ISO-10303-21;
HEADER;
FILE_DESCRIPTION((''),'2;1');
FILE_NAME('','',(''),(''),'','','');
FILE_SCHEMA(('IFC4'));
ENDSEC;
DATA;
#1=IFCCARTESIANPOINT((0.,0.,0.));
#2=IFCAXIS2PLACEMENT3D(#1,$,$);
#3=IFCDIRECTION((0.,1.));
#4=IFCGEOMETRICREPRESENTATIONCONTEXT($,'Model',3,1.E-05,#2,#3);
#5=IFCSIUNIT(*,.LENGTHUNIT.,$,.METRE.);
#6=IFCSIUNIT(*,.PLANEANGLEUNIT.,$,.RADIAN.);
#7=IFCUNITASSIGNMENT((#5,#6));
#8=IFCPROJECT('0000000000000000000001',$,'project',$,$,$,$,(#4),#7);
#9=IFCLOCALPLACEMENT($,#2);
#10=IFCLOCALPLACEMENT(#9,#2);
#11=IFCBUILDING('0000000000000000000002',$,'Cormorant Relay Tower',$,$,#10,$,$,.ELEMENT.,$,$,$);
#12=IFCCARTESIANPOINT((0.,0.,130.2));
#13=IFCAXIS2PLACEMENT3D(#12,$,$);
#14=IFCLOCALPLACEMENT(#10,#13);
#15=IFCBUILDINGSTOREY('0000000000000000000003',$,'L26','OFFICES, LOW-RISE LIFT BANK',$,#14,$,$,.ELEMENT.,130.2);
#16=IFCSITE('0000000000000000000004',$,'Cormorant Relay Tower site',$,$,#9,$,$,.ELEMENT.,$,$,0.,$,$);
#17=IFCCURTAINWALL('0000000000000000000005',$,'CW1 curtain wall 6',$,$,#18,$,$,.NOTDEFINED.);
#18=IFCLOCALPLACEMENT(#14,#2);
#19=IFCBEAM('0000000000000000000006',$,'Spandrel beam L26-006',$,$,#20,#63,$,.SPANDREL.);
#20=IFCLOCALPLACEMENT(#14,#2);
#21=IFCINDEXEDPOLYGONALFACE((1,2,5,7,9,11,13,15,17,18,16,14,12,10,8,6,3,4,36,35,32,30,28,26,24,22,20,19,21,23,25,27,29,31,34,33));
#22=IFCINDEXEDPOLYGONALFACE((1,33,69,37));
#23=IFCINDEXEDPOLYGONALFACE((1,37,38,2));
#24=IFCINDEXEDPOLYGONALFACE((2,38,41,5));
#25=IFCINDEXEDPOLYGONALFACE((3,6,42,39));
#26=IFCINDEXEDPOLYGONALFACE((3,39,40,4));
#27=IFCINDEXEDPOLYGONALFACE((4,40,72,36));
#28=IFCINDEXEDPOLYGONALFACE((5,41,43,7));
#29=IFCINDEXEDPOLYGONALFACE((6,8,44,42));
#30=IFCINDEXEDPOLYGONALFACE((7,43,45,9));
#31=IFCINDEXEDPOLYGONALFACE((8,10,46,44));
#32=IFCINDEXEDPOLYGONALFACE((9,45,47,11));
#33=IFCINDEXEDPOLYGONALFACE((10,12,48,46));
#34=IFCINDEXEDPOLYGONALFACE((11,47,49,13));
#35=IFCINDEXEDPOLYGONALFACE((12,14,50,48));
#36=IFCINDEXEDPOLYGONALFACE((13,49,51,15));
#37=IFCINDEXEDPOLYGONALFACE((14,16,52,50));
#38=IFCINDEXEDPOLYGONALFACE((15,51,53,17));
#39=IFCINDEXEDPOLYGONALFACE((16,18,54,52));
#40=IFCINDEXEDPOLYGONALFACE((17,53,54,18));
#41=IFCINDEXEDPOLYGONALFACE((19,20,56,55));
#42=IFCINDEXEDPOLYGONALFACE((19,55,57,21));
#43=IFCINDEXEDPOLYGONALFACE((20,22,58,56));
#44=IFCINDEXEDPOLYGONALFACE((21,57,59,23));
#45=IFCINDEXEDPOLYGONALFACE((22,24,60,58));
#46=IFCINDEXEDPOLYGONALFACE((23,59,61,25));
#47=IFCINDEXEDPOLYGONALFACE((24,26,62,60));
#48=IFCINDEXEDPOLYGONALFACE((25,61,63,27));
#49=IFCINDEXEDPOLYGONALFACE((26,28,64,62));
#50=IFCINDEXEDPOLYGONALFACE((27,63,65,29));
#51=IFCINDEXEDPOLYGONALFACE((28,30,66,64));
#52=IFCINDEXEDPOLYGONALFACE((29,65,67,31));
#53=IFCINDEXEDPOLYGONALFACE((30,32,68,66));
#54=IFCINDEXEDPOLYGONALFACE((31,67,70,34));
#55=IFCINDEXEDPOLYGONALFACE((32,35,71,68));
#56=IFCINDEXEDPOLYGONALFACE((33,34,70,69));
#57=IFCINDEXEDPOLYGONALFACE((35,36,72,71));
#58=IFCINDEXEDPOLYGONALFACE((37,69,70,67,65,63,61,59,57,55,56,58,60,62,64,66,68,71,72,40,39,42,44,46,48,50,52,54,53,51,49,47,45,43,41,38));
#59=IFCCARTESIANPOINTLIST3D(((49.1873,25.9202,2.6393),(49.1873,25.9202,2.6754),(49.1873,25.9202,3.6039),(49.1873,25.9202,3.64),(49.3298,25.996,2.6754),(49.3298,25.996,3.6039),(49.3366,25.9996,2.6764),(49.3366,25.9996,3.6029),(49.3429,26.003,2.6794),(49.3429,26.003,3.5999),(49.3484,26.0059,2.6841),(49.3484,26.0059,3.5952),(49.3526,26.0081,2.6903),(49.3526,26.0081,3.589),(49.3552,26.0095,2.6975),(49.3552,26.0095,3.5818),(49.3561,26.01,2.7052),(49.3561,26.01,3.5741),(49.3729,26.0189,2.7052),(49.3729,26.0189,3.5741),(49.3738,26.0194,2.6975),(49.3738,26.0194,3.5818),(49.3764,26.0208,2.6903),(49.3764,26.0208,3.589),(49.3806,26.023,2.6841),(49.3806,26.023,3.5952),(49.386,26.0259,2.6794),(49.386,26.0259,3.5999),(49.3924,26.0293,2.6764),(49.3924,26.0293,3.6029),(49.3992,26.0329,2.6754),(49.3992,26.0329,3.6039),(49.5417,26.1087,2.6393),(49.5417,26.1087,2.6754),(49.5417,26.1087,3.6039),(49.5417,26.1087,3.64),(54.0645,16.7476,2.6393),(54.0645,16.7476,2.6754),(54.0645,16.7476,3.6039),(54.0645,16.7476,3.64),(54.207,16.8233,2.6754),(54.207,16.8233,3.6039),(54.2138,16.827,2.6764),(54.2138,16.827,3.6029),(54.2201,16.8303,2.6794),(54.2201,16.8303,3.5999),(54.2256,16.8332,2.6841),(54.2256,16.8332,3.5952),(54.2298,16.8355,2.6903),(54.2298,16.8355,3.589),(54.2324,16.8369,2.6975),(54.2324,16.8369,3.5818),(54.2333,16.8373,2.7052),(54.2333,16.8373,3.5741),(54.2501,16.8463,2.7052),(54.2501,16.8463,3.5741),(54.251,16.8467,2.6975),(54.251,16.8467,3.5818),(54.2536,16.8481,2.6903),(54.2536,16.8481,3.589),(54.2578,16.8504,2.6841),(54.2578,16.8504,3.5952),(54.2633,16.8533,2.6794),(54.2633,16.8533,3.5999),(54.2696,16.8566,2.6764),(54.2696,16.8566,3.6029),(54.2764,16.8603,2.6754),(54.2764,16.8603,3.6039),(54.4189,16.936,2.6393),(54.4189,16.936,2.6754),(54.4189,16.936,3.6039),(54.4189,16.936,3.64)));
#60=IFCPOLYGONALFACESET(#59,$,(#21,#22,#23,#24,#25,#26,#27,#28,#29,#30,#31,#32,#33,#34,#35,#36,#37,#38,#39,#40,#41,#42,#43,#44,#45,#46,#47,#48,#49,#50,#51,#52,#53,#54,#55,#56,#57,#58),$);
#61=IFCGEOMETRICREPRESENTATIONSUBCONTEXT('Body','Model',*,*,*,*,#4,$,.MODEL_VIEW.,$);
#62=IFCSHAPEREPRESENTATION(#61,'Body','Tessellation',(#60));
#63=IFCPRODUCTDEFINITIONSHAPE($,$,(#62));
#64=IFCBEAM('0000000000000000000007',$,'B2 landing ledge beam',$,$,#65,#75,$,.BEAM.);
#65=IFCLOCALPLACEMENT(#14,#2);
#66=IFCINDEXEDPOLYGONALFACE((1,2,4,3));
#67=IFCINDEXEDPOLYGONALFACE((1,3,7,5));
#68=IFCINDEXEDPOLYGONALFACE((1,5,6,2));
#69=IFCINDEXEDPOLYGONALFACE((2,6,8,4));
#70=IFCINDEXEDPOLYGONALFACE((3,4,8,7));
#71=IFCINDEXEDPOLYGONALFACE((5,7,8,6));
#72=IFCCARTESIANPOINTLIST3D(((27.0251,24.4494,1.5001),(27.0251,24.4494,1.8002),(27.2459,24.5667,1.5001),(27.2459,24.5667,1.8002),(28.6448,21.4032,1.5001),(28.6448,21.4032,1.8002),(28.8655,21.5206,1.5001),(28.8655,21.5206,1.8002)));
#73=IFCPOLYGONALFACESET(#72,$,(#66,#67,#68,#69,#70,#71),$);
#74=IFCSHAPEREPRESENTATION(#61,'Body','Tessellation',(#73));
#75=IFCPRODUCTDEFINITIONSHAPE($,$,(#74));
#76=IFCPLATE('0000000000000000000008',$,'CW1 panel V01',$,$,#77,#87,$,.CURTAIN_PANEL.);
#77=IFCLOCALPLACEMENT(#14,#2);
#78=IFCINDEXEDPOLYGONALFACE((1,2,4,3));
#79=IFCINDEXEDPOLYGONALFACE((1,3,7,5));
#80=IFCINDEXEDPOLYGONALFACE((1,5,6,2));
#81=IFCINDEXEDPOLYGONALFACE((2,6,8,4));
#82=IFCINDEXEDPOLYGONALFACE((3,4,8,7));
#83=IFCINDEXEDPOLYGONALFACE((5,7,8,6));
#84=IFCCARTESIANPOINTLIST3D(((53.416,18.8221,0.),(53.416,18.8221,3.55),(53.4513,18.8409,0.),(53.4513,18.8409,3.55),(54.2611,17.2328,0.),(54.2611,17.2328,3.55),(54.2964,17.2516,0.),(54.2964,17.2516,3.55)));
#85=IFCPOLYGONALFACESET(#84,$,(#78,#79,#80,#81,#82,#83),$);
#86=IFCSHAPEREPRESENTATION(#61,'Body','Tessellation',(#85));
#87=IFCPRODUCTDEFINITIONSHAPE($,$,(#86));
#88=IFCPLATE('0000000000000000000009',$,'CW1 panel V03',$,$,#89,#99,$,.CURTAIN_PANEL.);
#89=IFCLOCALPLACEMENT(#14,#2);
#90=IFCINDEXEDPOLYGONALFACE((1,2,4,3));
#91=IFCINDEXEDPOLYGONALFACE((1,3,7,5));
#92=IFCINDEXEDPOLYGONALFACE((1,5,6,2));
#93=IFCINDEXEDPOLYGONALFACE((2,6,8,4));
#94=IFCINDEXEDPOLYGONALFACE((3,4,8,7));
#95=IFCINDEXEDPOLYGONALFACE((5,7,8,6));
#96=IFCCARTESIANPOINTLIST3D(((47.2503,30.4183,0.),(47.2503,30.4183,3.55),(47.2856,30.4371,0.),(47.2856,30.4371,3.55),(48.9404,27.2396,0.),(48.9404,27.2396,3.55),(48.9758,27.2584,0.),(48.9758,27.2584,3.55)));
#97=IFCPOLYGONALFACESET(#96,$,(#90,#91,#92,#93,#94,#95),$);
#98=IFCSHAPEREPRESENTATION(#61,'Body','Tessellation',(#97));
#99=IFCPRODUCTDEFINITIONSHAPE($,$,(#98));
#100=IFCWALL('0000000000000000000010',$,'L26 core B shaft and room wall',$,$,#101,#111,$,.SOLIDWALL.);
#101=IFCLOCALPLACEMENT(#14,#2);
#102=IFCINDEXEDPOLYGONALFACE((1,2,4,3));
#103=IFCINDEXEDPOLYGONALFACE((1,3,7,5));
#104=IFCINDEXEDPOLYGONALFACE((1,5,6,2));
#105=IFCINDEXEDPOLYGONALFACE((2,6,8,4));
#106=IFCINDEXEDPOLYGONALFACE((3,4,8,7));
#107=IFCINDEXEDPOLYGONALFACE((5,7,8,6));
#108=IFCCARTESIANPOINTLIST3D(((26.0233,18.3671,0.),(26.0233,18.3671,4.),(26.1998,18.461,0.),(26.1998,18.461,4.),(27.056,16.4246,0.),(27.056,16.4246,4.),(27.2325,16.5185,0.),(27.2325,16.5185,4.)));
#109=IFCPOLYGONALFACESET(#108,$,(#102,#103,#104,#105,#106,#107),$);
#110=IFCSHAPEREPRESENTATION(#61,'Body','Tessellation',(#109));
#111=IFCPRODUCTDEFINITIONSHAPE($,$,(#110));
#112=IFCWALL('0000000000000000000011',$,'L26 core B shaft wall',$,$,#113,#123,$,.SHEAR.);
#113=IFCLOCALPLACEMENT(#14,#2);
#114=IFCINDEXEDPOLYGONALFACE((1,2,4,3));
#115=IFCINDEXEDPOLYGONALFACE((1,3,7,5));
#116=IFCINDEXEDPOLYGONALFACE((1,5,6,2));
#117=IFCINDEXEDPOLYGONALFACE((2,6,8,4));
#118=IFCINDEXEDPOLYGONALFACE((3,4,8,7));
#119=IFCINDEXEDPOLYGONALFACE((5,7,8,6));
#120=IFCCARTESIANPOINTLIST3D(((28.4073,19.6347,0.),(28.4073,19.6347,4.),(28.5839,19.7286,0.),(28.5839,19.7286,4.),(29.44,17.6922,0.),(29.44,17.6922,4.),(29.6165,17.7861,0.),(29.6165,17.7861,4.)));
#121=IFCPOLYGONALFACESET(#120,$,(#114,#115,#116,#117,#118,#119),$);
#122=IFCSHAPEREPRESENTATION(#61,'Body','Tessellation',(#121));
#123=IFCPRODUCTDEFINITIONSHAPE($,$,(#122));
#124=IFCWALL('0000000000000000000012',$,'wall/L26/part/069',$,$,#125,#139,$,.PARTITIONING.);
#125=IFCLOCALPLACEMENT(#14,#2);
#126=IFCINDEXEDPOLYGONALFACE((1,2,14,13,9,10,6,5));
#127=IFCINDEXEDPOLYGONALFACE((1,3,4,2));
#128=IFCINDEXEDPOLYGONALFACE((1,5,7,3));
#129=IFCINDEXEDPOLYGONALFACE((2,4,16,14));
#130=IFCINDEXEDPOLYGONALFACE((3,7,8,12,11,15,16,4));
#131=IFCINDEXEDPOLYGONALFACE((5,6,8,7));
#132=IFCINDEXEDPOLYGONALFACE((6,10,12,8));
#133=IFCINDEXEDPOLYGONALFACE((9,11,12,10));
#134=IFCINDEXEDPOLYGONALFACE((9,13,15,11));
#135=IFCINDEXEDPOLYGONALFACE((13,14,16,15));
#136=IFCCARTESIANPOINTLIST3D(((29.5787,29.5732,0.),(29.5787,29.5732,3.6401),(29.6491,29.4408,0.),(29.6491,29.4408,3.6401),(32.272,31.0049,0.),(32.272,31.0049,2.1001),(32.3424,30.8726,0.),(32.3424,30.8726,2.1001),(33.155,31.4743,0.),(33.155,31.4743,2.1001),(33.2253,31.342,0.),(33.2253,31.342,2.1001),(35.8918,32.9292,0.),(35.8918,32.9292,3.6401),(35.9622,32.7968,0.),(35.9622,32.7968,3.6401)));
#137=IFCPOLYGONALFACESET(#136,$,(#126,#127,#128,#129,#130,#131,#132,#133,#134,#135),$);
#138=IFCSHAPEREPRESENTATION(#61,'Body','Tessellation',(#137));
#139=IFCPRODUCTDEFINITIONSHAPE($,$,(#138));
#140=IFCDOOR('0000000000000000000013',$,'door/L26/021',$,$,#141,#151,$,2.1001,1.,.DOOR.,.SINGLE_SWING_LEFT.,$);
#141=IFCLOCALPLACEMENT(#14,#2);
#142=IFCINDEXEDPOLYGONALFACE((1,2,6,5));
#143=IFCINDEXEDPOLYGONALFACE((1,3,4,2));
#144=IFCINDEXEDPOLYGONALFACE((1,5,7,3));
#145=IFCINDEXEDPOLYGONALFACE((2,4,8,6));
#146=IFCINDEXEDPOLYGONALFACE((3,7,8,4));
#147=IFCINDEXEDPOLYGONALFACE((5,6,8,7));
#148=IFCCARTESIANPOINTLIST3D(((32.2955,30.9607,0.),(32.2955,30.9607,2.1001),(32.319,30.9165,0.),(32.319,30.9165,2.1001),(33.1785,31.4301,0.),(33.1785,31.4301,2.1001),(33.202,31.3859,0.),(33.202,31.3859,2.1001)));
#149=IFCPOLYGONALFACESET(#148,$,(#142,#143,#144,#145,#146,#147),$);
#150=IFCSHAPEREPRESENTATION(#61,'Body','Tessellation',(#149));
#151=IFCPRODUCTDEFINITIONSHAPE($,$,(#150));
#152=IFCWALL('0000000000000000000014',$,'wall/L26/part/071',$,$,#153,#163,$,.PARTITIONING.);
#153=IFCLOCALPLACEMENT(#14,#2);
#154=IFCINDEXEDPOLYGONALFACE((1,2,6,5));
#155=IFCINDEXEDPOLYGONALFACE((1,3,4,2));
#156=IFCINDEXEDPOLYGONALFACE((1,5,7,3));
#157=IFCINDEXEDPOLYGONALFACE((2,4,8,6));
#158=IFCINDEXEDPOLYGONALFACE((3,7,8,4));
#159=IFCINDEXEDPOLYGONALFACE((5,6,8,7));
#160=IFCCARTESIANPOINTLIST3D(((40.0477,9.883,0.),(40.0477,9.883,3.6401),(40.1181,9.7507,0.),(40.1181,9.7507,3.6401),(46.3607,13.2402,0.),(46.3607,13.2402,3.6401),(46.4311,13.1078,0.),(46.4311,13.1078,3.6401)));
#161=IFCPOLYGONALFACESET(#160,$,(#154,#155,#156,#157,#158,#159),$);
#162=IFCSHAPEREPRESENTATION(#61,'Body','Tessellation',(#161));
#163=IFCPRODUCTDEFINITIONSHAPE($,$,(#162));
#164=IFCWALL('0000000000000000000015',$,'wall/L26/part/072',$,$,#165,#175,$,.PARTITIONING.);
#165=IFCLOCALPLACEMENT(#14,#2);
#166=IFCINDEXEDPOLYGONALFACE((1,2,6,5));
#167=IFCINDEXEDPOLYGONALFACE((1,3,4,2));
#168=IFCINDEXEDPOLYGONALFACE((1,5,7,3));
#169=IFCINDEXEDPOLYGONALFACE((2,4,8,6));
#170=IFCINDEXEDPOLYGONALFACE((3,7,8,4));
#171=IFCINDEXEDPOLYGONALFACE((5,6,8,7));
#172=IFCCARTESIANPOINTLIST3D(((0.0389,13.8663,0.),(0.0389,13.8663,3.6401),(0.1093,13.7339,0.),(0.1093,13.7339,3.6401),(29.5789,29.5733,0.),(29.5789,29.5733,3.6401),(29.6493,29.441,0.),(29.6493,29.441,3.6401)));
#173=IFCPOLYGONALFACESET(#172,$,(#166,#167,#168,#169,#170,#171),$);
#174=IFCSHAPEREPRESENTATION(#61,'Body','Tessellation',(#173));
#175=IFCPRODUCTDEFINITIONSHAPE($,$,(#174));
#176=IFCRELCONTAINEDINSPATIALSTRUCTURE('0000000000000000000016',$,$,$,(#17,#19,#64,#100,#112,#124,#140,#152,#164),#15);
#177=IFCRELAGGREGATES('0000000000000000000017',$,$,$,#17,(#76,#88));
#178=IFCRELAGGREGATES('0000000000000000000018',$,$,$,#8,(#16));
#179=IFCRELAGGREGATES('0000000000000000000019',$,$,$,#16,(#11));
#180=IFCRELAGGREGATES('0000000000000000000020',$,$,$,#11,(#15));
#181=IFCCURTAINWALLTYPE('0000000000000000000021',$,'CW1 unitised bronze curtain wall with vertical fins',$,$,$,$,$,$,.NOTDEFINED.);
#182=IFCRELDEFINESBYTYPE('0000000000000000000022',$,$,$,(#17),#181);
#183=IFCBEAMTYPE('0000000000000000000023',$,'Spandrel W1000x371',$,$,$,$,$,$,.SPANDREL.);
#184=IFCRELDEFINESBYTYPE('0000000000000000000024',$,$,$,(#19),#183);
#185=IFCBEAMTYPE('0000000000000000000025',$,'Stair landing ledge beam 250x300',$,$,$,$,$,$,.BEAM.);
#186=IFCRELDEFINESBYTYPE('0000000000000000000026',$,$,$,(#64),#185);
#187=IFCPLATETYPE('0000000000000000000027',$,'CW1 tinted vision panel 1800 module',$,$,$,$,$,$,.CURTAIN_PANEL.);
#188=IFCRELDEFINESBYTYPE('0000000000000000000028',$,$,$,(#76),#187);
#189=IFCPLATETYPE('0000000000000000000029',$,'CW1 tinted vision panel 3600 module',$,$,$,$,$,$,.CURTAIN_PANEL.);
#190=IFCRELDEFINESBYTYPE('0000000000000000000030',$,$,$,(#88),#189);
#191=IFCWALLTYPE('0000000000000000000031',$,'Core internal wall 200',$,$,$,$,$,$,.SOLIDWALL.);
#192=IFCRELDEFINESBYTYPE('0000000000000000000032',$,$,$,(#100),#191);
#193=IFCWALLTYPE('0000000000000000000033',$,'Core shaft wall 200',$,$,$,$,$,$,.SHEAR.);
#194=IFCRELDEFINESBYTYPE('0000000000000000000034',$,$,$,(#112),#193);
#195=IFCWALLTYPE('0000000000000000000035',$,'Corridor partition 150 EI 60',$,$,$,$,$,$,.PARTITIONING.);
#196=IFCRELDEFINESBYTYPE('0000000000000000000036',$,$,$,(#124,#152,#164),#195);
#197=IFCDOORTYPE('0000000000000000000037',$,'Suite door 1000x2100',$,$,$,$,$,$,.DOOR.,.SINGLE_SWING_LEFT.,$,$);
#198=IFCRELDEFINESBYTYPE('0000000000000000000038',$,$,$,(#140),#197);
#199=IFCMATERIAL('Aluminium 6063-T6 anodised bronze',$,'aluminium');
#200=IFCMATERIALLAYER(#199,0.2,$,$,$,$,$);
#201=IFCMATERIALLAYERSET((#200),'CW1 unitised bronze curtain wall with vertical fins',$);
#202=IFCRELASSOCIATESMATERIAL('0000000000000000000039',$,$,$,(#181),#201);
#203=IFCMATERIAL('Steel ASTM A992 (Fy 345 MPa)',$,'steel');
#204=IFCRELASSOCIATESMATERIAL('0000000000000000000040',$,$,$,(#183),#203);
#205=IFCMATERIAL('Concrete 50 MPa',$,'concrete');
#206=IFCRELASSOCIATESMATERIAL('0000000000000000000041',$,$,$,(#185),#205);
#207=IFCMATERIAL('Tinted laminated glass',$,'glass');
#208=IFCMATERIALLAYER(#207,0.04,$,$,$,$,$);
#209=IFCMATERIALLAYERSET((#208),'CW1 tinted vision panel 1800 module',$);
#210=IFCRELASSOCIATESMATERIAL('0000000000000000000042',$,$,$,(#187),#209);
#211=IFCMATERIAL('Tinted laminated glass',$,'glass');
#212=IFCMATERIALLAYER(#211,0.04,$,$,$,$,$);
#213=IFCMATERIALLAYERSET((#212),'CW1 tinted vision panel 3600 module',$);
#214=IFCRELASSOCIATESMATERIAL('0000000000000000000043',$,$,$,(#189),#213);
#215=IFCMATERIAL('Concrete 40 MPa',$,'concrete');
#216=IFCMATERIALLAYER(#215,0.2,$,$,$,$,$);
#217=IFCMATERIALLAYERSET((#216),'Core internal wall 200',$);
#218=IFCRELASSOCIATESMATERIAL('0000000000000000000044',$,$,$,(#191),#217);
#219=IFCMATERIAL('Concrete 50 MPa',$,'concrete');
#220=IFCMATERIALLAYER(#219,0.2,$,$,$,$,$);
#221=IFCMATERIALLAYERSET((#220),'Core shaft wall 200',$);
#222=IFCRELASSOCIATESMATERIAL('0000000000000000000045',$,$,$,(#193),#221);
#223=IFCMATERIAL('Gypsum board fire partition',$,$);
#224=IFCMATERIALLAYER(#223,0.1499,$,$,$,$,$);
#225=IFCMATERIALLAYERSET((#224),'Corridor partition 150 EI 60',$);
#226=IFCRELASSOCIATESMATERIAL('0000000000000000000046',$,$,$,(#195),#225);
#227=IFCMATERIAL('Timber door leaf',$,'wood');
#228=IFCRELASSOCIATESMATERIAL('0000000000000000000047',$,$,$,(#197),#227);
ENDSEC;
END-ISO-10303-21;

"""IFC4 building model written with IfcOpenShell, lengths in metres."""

from ifc_helpers import new_model, si_unit, direction, frame, frame_2d, origin, origin_2d, place, context, subcontext, project, spatial, rectangle, i_section, extrude, material, layer, layer_set, material_profile, profile_set, type_object, element, fill, aggregate, save


model = new_model("IFC4")

# Units and contexts
model_context = context("Model", 3, precision=1e-05, world=origin(), true_north=direction((0.0, 1.0)))
body_context = subcontext(model_context, "Body", "Model", "MODEL_VIEW")
ifc_project = project(units=[si_unit("LENGTHUNIT", "METRE"), si_unit("PLANEANGLEUNIT", "RADIAN")], contexts=[model_context])

# Site, building, storey
site_placement = place(None, origin())
site = spatial("IfcSite", under=ifc_project, at=site_placement, Name="Cormorant Relay Tower site", CompositionType="ELEMENT", RefElevation=0.0)
building_placement = place(site_placement, origin())
building = spatial("IfcBuilding", under=site, at=building_placement, Name="Cormorant Relay Tower", CompositionType="ELEMENT")
storey_placement = place(building_placement, frame((0.0, 0.0, 130.2)))
storey = spatial("IfcBuildingStorey", under=building, at=storey_placement, Name="L26", Description="OFFICES, LOW-RISE LIFT BANK", CompositionType="ELEMENT", Elevation=130.2)

# Curtain wall
ifc_material_1 = material(Name="Aluminium 6063-T6 anodised bronze", Category="aluminium")
ifc_layer_1 = layer(ifc_material_1, 0.2)
ifc_layer_set_1 = layer_set([ifc_layer_1], Name="CW1 unitised bronze curtain wall with vertical fins")
curtain_wall_type = type_object("IfcCurtainWallType", Name="CW1 unitised bronze curtain wall with vertical fins", PredefinedType="NOTDEFINED", material=ifc_layer_set_1)
curtain_wall_placement = place(storey_placement, origin())
curtain_wall = element("IfcCurtainWall", 1, at=curtain_wall_placement, inside=storey, type_object=curtain_wall_type, Name="CW1 curtain wall 6", PredefinedType="NOTDEFINED")

# Beams
ifc_material_2 = material(Name="Steel ASTM A992 (Fy 345 MPa)", Category="steel")
ifc_material_profile_1 = material_profile(ifc_material_2, i_section(OverallWidth=0.4014, OverallDepth=1.0007, WebThickness=0.019, FlangeThickness=0.0361, FilletRadius=0.0298, at=origin_2d()), Name="W1000x371")
ifc_profile_set_1 = profile_set([ifc_material_profile_1], Name="Steel ASTM A992 (Fy 345 MPa)")
beam_type_1 = type_object("IfcBeamType", Name="Spandrel W1000x371", PredefinedType="SPANDREL", material=ifc_profile_set_1)
beam_1_placement = place(storey_placement, frame((54.2417, 16.8418, 3.1396), z_axis=(-0.469474, 0.882946, 0.0), x_axis=(-0.882946, -0.469474, 0.0)))
element("IfcBeam", 2, at=beam_1_placement, inside=storey, type_object=beam_type_1, Name="Spandrel beam L26-006", PredefinedType="SPANDREL", context=body_context, shape_type="SweptSolid", body=[
    extrude(i_section(OverallWidth=0.4014, OverallDepth=1.0007, WebThickness=0.019, FlangeThickness=0.0361, FilletRadius=0.0298, at=origin_2d()), origin(), (0.0, 0.0, 1.0), 10.3887),
])
ifc_material_3 = material(Name="Concrete 50 MPa", Category="concrete")
ifc_material_profile_2 = material_profile(ifc_material_3, rectangle(XDim=0.25, YDim=0.3, at=origin_2d()), Name="RC 250x300")
ifc_profile_set_2 = profile_set([ifc_material_profile_2], Name="Concrete 50 MPa")
beam_type_2 = type_object("IfcBeamType", Name="Stair landing ledge beam 250x300", PredefinedType="BEAM", material=ifc_profile_set_2)
beam_2_placement = place(storey_placement, frame((28.7551, 21.4619, 1.6501), z_axis=(-0.469464, 0.882952, 0.0), x_axis=(-0.882952, -0.469464, 0.0)))
element("IfcBeam", 3, at=beam_2_placement, inside=storey, type_object=beam_type_2, Name="B2 landing ledge beam", PredefinedType="BEAM", context=body_context, shape_type="SweptSolid", body=[
    extrude(rectangle(XDim=0.25, YDim=0.3, at=origin_2d()), origin(), (0.0, 0.0, 1.0), 3.45),
])

# Plates
ifc_material_4 = material(Name="Tinted laminated glass", Category="glass")
ifc_layer_2 = layer(ifc_material_4, 0.04)
ifc_layer_set_2 = layer_set([ifc_layer_2], Name="CW1 tinted vision panel 1800 module")
plate_type_1 = type_object("IfcPlateType", Name="CW1 tinted vision panel 1800 module", PredefinedType="CURTAIN_PANEL", material=ifc_layer_set_2)
plate_1_placement = place(storey_placement, frame((53.8562, 18.0369, 0.0), z_axis=(0.0, 0.0, 1.0), x_axis=(-0.469472, 0.882948, 0.0)))
plate_1 = element("IfcPlate", 4, at=plate_1_placement, type_object=plate_type_1, Name="CW1 panel V01", PredefinedType="CURTAIN_PANEL", context=body_context, shape_type="SweptSolid", body=[
    extrude(rectangle(XDim=1.8, YDim=0.04, at=origin_2d()), origin(), (0.0, 0.0, 1.0), 3.55),
])
ifc_material_5 = material(Name="Tinted laminated glass", Category="glass")
ifc_layer_3 = layer(ifc_material_5, 0.04)
ifc_layer_set_3 = layer_set([ifc_layer_3], Name="CW1 tinted vision panel 3600 module")
plate_type_2 = type_object("IfcPlateType", Name="CW1 tinted vision panel 3600 module", PredefinedType="CURTAIN_PANEL", material=ifc_layer_set_3)
plate_2_placement = place(storey_placement, frame((48.113, 28.8384, 0.0), z_axis=(0.0, 0.0, 1.0), x_axis=(-0.469472, 0.882948, 0.0)))
plate_2 = element("IfcPlate", 5, at=plate_2_placement, type_object=plate_type_2, Name="CW1 panel V03", PredefinedType="CURTAIN_PANEL", context=body_context, shape_type="SweptSolid", body=[
    extrude(rectangle(XDim=3.6001, YDim=0.04, at=origin_2d()), origin(), (0.0, 0.0, 1.0), 3.55),
])

# Walls
ifc_material_6 = material(Name="Concrete 40 MPa", Category="concrete")
ifc_layer_4 = layer(ifc_material_6, 0.2)
ifc_layer_set_4 = layer_set([ifc_layer_4], Name="Core internal wall 200")
wall_type_1 = type_object("IfcWallType", Name="Core internal wall 200", PredefinedType="SOLIDWALL", material=ifc_layer_set_4)
wall_1_placement = place(storey_placement, frame((27.1443, 16.4714, 0.0), z_axis=(0.0, 0.0, 1.0), x_axis=(-0.469401, 0.882985, 0.0)))
element("IfcWall", 6, at=wall_1_placement, inside=storey, type_object=wall_type_1, Name="L26 core B shaft and room wall", PredefinedType="SOLIDWALL", context=body_context, shape_type="SweptSolid", body=[
    extrude(rectangle(XDim=2.2, YDim=0.2, at=frame_2d((1.1001, 0.0))), origin(), (0.0, 0.0, 1.0), 4.0),
])
ifc_material_7 = material(Name="Concrete 50 MPa", Category="concrete")
ifc_layer_5 = layer(ifc_material_7, 0.2)
ifc_layer_set_5 = layer_set([ifc_layer_5], Name="Core shaft wall 200")
wall_type_2 = type_object("IfcWallType", Name="Core shaft wall 200", PredefinedType="SHEAR", material=ifc_layer_set_5)
wall_2_placement = place(storey_placement, frame((29.5283, 17.739, 0.0), z_axis=(0.0, 0.0, 1.0), x_axis=(-0.469401, 0.882985, 0.0)))
element("IfcWall", 7, at=wall_2_placement, inside=storey, type_object=wall_type_2, Name="L26 core B shaft wall", PredefinedType="SHEAR", context=body_context, shape_type="SweptSolid", body=[
    extrude(rectangle(XDim=2.2, YDim=0.2, at=frame_2d((1.1001, 0.0))), origin(), (0.0, 0.0, 1.0), 4.0),
])

# Wall, opening, door
ifc_material_8 = material(Name="Gypsum board fire partition")
ifc_layer_6 = layer(ifc_material_8, 0.1499)
ifc_layer_set_6 = layer_set([ifc_layer_6], Name="Corridor partition 150 EI 60")
wall_type_3 = type_object("IfcWallType", Name="Corridor partition 150 EI 60", PredefinedType="PARTITIONING", material=ifc_layer_set_6)
wall_3_placement = place(storey_placement, frame((29.614, 29.5071, 0.0), z_axis=(0.0, 0.0, 1.0), x_axis=(0.882989, 0.469393, 0.0)))
wall_3 = element("IfcWall", 8, at=wall_3_placement, inside=storey, type_object=wall_type_3, Name="wall/L26/part/069", PredefinedType="PARTITIONING", context=body_context, shape_type="SweptSolid", body=[
    extrude(rectangle(XDim=7.1497, YDim=0.1499, at=frame_2d((3.5747, 0.0))), origin(), (0.0, 0.0, 1.0), 3.6401),
])
opening_1_placement = place(wall_3_placement, frame((3.05, 0.0, 0.0)))
opening_1 = element("IfcOpeningElement", 9, at=opening_1_placement, cuts=wall_3, PredefinedType="OPENING", context=body_context, shape_type="SweptSolid", body=[
    extrude(rectangle(XDim=1.0, YDim=2.1001, at=frame_2d((0.5, 1.05))), frame((0.0, 0.085, 0.0), z_axis=(0.0, -1.0, 0.0), x_axis=(1.0, 0.0, 0.0)), (0.0, 0.0, 1.0), 0.1699),
])
ifc_material_9 = material(Name="Timber door leaf", Category="wood")
door_type_1 = type_object("IfcDoorType", Name="Suite door 1000x2100", OperationType="SINGLE_SWING_LEFT", PredefinedType="DOOR", material=ifc_material_9)
door_1_placement = place(opening_1_placement, origin())
door_1 = element("IfcDoor", 10, at=door_1_placement, inside=storey, type_object=door_type_1, Name="door/L26/021", OperationType="SINGLE_SWING_LEFT", OverallHeight=2.1001, OverallWidth=1.0, PredefinedType="DOOR", context=body_context, shape_type="SweptSolid", body=[
    extrude(rectangle(XDim=1.0, YDim=2.1001, at=frame_2d((0.5, 1.05))), frame((0.0, 0.0249, 0.0), z_axis=(0.0, -1.0, 0.0), x_axis=(1.0, 0.0, 0.0)), (0.0, 0.0, 1.0), 0.05),
])
fill(opening_1, door_1)

# Walls
wall_4_placement = place(storey_placement, frame((46.396, 13.1741, 0.0), z_axis=(0.0, 0.0, 1.0), x_axis=(-0.882918, -0.469526, 0.0)))
element("IfcWall", 11, at=wall_4_placement, inside=storey, type_object=wall_type_3, Name="wall/L26/part/071", PredefinedType="PARTITIONING", context=body_context, shape_type="SweptSolid", body=[
    extrude(rectangle(XDim=7.1501, YDim=0.1499, at=frame_2d((3.5752, 0.0))), origin(), (0.0, 0.0, 1.0), 3.6401),
])
wall_5_placement = place(storey_placement, frame((29.614, 29.5071, 0.0), z_axis=(0.0, 0.0, 1.0), x_axis=(-0.882944, -0.469479, 0.0)))
element("IfcWall", 12, at=wall_5_placement, inside=storey, type_object=wall_type_3, Name="wall/L26/part/072", PredefinedType="PARTITIONING", context=body_context, shape_type="SweptSolid", body=[
    extrude(rectangle(XDim=33.4563, YDim=0.1499, at=frame_2d((16.728, 0.0))), origin(), (0.0, 0.0, 1.0), 3.6401),
])

aggregate(curtain_wall, [plate_1, plate_2])

save(model, "model.ifc")
